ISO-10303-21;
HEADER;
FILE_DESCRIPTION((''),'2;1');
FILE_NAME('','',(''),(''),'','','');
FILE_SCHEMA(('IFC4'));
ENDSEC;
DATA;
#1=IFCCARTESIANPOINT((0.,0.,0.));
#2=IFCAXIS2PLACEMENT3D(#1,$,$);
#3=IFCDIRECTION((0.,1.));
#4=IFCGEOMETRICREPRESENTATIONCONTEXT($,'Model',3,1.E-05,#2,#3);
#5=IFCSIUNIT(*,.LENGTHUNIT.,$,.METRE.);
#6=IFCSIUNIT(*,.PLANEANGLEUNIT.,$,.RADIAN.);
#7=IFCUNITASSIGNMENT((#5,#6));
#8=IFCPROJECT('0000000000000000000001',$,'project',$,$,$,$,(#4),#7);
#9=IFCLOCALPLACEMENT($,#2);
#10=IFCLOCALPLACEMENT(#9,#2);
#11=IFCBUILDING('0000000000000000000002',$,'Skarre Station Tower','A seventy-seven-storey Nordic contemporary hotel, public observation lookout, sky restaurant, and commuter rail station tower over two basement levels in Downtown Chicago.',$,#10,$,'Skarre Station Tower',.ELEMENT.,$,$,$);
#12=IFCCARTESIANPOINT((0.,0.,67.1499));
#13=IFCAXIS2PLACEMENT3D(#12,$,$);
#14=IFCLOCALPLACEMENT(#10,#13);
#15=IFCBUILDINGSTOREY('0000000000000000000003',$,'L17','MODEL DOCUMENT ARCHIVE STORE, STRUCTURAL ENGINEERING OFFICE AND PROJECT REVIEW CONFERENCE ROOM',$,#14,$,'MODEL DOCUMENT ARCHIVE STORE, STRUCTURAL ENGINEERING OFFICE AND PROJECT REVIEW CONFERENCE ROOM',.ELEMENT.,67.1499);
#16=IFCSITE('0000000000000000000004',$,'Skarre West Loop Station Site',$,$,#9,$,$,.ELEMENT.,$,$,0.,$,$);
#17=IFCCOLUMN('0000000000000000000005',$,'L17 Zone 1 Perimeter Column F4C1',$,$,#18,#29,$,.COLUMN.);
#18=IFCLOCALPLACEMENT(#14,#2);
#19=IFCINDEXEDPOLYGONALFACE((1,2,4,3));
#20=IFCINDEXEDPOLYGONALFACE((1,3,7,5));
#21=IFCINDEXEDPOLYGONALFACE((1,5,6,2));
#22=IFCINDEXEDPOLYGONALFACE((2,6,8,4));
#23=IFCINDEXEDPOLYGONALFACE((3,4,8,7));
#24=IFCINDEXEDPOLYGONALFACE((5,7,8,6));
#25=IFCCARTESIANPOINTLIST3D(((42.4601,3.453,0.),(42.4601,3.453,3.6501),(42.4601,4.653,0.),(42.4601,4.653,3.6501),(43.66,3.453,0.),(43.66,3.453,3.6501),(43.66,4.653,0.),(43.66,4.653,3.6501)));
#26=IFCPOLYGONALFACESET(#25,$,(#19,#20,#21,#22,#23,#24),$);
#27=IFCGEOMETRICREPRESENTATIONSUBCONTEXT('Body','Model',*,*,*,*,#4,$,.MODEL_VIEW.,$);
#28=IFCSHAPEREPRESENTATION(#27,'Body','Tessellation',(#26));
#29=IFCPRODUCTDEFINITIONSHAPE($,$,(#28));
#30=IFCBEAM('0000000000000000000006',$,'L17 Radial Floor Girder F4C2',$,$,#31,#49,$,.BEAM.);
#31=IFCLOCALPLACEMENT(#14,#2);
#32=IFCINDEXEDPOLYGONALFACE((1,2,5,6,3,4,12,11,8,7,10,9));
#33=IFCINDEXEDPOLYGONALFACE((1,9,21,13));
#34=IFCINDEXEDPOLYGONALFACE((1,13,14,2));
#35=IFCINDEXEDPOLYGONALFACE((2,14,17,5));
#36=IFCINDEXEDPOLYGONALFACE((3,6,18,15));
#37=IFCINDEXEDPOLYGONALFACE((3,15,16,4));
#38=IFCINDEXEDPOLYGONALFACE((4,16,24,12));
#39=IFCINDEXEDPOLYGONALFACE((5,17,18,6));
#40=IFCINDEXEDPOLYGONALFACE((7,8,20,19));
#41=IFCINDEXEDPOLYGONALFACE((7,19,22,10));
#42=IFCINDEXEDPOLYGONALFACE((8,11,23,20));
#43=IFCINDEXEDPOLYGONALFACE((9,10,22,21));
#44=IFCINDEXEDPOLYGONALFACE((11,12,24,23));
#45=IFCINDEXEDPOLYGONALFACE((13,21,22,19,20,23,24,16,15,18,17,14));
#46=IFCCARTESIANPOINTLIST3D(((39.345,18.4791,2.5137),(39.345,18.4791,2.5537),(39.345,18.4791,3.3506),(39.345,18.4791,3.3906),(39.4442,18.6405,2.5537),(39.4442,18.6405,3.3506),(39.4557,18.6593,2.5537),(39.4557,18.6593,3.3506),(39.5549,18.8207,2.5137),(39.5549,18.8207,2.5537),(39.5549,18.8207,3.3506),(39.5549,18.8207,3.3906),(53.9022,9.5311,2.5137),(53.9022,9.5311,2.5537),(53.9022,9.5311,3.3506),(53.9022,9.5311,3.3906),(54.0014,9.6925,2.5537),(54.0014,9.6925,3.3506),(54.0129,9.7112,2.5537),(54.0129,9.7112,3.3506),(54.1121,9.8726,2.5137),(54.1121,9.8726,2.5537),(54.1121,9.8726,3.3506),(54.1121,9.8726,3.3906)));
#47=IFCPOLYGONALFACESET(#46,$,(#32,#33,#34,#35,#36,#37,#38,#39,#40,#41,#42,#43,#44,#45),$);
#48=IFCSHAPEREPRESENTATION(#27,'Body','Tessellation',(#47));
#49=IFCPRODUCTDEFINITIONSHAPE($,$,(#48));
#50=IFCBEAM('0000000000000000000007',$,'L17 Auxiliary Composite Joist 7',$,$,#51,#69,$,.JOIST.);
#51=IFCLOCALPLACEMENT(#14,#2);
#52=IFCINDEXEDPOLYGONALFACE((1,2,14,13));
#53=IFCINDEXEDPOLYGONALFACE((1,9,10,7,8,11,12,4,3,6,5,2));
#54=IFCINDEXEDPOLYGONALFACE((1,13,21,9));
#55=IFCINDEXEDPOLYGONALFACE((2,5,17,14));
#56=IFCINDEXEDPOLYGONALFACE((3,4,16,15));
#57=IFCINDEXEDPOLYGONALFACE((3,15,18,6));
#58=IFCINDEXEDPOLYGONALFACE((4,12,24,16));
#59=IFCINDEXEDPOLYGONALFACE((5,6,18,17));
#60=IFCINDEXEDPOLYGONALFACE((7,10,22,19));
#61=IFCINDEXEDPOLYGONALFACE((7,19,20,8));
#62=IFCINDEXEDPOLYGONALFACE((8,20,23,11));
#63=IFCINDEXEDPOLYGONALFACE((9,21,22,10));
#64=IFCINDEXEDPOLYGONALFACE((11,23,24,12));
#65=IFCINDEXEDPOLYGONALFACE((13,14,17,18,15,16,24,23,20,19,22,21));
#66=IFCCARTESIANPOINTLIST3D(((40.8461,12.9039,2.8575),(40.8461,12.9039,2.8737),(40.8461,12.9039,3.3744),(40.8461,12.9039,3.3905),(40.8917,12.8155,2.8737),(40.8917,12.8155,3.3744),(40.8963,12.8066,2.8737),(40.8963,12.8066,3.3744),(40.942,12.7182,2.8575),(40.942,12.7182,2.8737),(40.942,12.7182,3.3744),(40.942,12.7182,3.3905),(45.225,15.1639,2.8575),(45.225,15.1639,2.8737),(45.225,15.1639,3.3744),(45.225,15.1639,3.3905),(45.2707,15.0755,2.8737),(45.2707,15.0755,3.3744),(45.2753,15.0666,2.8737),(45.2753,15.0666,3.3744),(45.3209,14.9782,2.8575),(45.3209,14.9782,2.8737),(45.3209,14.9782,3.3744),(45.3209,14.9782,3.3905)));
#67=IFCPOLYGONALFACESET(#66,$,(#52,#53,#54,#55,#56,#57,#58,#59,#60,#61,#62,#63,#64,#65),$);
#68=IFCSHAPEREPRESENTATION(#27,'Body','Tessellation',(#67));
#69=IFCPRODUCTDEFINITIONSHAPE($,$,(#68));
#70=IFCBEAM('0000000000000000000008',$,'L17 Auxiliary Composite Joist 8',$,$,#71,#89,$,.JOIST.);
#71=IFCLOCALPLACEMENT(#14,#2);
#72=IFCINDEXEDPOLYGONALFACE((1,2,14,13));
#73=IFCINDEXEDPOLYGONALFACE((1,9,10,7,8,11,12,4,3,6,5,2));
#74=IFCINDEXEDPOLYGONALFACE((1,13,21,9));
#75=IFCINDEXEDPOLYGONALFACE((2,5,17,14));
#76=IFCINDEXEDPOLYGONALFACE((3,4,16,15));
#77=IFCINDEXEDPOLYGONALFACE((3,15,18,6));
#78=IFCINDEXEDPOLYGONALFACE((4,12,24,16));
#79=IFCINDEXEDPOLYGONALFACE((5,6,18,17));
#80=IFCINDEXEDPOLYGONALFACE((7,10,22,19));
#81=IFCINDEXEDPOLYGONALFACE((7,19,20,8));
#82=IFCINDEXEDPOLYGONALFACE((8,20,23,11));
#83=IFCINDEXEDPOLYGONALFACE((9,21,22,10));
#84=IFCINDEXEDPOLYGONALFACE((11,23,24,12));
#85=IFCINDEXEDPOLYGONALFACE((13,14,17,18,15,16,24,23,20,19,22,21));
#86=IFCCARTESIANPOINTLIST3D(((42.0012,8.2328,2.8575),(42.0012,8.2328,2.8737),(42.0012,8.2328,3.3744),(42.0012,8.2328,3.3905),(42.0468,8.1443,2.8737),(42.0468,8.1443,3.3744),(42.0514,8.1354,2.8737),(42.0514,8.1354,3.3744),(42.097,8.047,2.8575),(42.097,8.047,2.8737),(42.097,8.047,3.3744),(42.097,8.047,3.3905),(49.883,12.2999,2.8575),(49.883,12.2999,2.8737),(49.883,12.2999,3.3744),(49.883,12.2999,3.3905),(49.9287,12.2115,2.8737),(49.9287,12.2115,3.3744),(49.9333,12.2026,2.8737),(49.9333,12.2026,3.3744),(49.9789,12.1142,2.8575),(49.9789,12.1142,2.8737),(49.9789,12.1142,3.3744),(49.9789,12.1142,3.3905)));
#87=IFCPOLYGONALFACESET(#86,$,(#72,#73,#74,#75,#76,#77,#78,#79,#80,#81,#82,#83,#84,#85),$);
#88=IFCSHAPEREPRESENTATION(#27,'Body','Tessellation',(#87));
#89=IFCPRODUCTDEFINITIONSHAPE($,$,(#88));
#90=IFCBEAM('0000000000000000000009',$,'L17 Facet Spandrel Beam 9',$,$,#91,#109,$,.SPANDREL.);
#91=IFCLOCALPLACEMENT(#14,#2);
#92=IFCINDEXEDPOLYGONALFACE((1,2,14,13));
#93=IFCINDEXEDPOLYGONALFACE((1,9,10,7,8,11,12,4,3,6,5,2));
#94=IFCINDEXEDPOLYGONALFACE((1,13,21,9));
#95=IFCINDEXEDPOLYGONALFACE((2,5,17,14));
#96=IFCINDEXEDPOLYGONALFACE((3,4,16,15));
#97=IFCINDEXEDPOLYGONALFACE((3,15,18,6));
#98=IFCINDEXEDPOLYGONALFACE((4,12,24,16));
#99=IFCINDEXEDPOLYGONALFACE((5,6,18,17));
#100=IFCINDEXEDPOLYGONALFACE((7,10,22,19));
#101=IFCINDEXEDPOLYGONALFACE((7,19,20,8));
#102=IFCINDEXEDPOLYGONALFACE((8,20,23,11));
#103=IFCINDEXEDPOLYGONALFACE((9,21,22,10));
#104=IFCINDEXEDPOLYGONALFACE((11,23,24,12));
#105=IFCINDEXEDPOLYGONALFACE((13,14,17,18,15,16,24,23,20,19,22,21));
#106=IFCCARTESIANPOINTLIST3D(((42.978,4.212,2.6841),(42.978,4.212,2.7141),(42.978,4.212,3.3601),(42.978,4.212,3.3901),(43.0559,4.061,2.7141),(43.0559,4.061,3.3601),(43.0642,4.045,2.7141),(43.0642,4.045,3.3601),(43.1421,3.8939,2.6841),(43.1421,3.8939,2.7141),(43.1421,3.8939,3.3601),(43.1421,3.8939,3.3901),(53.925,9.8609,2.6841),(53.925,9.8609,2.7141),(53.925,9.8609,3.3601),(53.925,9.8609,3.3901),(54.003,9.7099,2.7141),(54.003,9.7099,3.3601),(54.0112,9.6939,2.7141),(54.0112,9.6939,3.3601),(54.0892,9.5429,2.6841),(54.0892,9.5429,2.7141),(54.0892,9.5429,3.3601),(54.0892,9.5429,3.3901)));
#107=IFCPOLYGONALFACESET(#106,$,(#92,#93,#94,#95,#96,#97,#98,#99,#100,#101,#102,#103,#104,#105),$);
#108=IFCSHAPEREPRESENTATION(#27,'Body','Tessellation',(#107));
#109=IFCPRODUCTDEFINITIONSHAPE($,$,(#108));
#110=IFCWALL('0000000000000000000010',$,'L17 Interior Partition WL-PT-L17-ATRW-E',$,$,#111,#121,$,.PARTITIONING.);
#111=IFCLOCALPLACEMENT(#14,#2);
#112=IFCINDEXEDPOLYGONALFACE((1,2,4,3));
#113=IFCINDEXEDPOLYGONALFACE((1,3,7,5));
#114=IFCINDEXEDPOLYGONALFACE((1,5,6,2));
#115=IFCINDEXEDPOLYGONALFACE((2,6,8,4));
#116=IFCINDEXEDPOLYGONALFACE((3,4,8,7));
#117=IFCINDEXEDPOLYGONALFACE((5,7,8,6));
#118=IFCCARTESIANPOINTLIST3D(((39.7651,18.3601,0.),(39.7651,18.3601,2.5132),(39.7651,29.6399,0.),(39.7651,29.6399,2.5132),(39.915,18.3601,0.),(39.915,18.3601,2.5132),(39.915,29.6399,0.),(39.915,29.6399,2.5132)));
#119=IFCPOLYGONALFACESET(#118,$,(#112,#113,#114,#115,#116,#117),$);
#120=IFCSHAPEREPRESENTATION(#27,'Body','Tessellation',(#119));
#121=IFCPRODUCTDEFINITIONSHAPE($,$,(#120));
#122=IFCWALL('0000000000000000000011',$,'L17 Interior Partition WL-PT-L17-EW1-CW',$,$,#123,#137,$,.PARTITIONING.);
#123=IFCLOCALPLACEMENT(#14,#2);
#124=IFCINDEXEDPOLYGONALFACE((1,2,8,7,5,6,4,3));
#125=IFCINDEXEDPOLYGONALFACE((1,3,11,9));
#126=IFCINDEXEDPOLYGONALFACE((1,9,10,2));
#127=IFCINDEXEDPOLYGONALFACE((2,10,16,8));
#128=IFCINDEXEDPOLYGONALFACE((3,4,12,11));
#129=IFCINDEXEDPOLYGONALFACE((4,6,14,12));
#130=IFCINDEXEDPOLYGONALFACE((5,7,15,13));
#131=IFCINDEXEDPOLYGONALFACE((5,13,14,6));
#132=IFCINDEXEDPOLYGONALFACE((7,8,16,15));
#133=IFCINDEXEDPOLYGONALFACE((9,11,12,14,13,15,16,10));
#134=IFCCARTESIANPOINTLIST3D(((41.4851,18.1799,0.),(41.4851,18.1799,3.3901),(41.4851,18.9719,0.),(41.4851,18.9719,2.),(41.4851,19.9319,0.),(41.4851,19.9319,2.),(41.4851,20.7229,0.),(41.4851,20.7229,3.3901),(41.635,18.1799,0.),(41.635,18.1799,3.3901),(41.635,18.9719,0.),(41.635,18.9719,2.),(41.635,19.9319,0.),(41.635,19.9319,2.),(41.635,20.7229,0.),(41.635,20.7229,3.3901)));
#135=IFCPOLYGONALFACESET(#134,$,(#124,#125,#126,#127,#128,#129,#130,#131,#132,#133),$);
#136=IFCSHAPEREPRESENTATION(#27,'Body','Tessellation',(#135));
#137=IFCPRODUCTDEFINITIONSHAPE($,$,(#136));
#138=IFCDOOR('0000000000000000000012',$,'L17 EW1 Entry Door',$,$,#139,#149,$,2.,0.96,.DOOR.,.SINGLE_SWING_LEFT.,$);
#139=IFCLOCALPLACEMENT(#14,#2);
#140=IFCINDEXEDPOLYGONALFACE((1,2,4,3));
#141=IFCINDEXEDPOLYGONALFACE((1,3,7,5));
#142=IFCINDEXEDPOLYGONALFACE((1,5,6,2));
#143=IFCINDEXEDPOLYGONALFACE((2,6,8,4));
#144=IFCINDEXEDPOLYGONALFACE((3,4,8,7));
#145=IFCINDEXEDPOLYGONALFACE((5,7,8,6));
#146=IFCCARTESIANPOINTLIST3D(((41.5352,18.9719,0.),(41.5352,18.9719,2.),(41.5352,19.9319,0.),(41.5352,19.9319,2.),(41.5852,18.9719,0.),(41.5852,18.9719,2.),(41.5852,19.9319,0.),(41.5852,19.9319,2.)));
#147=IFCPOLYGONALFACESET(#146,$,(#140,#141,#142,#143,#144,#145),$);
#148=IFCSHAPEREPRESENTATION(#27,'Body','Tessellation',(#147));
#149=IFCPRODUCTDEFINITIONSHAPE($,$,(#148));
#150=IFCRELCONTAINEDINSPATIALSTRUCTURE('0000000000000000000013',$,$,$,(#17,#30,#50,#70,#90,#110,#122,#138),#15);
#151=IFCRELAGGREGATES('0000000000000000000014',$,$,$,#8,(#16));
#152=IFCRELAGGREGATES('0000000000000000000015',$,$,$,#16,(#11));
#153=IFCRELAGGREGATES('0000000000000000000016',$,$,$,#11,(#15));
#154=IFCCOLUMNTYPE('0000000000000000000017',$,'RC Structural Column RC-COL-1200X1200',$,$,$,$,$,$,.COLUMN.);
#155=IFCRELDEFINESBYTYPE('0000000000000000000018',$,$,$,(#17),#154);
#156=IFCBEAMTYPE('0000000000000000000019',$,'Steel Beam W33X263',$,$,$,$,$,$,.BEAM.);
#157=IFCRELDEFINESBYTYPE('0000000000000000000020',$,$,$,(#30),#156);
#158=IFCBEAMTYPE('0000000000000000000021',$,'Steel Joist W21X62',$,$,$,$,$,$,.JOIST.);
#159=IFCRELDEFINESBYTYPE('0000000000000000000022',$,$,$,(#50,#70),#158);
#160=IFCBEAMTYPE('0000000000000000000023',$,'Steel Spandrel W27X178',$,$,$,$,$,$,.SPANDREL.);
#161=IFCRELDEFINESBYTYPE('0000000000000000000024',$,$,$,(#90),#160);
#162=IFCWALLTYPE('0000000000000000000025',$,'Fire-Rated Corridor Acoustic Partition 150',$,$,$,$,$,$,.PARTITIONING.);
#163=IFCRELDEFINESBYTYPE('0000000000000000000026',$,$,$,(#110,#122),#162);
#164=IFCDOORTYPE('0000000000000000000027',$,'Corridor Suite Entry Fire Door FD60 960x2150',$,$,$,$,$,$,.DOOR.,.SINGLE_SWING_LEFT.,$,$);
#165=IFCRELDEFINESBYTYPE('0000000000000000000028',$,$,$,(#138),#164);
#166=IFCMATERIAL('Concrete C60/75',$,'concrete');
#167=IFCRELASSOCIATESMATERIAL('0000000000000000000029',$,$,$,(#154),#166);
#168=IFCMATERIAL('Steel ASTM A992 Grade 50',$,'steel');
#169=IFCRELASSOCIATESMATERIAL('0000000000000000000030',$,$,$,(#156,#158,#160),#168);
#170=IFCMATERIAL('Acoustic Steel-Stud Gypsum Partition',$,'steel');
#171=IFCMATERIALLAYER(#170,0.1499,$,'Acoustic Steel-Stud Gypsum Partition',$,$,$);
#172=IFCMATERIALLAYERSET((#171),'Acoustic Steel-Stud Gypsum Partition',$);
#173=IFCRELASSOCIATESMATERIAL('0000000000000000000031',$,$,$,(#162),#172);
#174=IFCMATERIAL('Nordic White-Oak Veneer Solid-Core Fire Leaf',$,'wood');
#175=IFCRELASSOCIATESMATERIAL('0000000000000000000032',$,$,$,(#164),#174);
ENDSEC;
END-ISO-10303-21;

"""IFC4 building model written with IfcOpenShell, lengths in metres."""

from ifc_helpers import new_model, si_unit, direction, frame, frame_2d, origin, origin_2d, place, context, subcontext, project, spatial, rectangle, i_section, extrude, material, layer, layer_set, material_profile, profile_set, type_object, element, fill, save


model = new_model("IFC4")

# Units and contexts
model_context = context("Model", 3, precision=1e-05, world=origin(), true_north=direction((0.0, 1.0)))
body_context = subcontext(model_context, "Body", "Model", "MODEL_VIEW")
ifc_project = project(units=[si_unit("LENGTHUNIT", "METRE"), si_unit("PLANEANGLEUNIT", "RADIAN")], contexts=[model_context])

# Site, building, storey
site_placement = place(None, origin())
site = spatial("IfcSite", under=ifc_project, at=site_placement, Name="Skarre West Loop Station Site", CompositionType="ELEMENT", RefElevation=0.0)
building_placement = place(site_placement, origin())
building = spatial("IfcBuilding", under=site, at=building_placement, Name="Skarre Station Tower", Description="A seventy-seven-storey Nordic contemporary hotel, public observation lookout, sky restaurant, and commuter rail station tower over two basement levels in Downtown Chicago.", LongName="Skarre Station Tower", CompositionType="ELEMENT")
storey_placement = place(building_placement, frame((0.0, 0.0, 67.1499)))
storey = spatial("IfcBuildingStorey", under=building, at=storey_placement, Name="L17", Description="MODEL DOCUMENT ARCHIVE STORE, STRUCTURAL ENGINEERING OFFICE AND PROJECT REVIEW CONFERENCE ROOM", LongName="MODEL DOCUMENT ARCHIVE STORE, STRUCTURAL ENGINEERING OFFICE AND PROJECT REVIEW CONFERENCE ROOM", CompositionType="ELEMENT", Elevation=67.1499)

# Column
ifc_material_1 = material(Name="Concrete C60/75", Category="concrete")
ifc_material_profile_1 = material_profile(ifc_material_1, rectangle(XDim=1.2, YDim=1.2, at=origin_2d()), Name="Concrete C60/75")
ifc_profile_set_1 = profile_set([ifc_material_profile_1], Name="Concrete C60/75")
column_type = type_object("IfcColumnType", Name="RC Structural Column RC-COL-1200X1200", PredefinedType="COLUMN", material=ifc_profile_set_1)
column_placement = place(storey_placement, frame((43.0601, 4.053, 0.0), z_axis=(0.0, 0.0, 1.0), x_axis=(1.0, 0.0, 0.0)))
element("IfcColumn", 1, at=column_placement, inside=storey, type_object=column_type, Name="L17 Zone 1 Perimeter Column F4C1", PredefinedType="COLUMN", context=body_context, shape_type="SweptSolid", body=[
    extrude(rectangle(XDim=1.2, YDim=1.2, at=origin_2d()), origin(), (0.0, 0.0, 1.0), 3.6501),
])

# Beams
ifc_material_2 = material(Name="Steel ASTM A992 Grade 50", Category="steel")
ifc_material_profile_2 = material_profile(ifc_material_2, i_section(OverallWidth=0.4009, OverallDepth=0.877, WebThickness=0.022, FlangeThickness=0.04, at=origin_2d()), Name="Steel ASTM A992 Grade 50")
ifc_profile_set_2 = profile_set([ifc_material_profile_2], Name="Steel ASTM A992 Grade 50")
beam_type_1 = type_object("IfcBeamType", Name="Steel Beam W33X263", PredefinedType="BEAM", material=ifc_profile_set_2)
beam_1_placement = place(storey_placement, frame((39.45, 18.6499, 2.9521), z_axis=(0.851926, -0.523663, 0.0), x_axis=(0.523663, 0.851926, 0.0)))
element("IfcBeam", 2, at=beam_1_placement, inside=storey, type_object=beam_type_1, Name="L17 Radial Floor Girder F4C2", PredefinedType="BEAM", context=body_context, shape_type="SweptSolid", body=[
    extrude(i_section(OverallWidth=0.4009, OverallDepth=0.877, WebThickness=0.022, FlangeThickness=0.04, at=origin_2d()), origin(), (0.0, 0.0, 1.0), 17.0874),
])
ifc_material_profile_3 = material_profile(ifc_material_2, i_section(OverallWidth=0.209, OverallDepth=0.533, WebThickness=0.01, FlangeThickness=0.0161, at=origin_2d()), Name="Steel ASTM A992 Grade 50")
ifc_profile_set_3 = profile_set([ifc_material_profile_3], Name="Steel ASTM A992 Grade 50")
beam_type_2 = type_object("IfcBeamType", Name="Steel Joist W21X62", PredefinedType="JOIST", material=ifc_profile_set_3)
beam_2_placement = place(storey_placement, frame((40.894, 12.811, 3.124), z_axis=(0.888627, 0.458632, 0.0), x_axis=(-0.458632, 0.888627, 0.0)))
element("IfcBeam", 3, at=beam_2_placement, inside=storey, type_object=beam_type_2, Name="L17 Auxiliary Composite Joist 7", PredefinedType="JOIST", context=body_context, shape_type="SweptSolid", body=[
    extrude(i_section(OverallWidth=0.209, OverallDepth=0.533, WebThickness=0.01, FlangeThickness=0.0161, at=origin_2d()), origin(), (0.0, 0.0, 1.0), 4.9277),
])
beam_3_placement = place(storey_placement, frame((42.0491, 8.1399, 3.124), z_axis=(0.888662, 0.458562, 0.0), x_axis=(-0.458562, 0.888662, 0.0)))
element("IfcBeam", 4, at=beam_3_placement, inside=storey, type_object=beam_type_2, Name="L17 Auxiliary Composite Joist 8", PredefinedType="JOIST", context=body_context, shape_type="SweptSolid", body=[
    extrude(i_section(OverallWidth=0.209, OverallDepth=0.533, WebThickness=0.01, FlangeThickness=0.0161, at=origin_2d()), origin(), (0.0, 0.0, 1.0), 8.8694),
])
ifc_material_profile_4 = material_profile(ifc_material_2, i_section(OverallWidth=0.3579, OverallDepth=0.7061, WebThickness=0.0181, FlangeThickness=0.03, at=origin_2d()), Name="Steel ASTM A992 Grade 50")
ifc_profile_set_4 = profile_set([ifc_material_profile_4], Name="Steel ASTM A992 Grade 50")
beam_type_3 = type_object("IfcBeamType", Name="Steel Spandrel W27X178", PredefinedType="SPANDREL", material=ifc_profile_set_4)
beam_4_placement = place(storey_placement, frame((43.0601, 4.053, 3.0371), z_axis=(0.888659, 0.458569, 0.0), x_axis=(-0.458569, 0.888659, 0.0)))
element("IfcBeam", 5, at=beam_4_placement, inside=storey, type_object=beam_type_3, Name="L17 Facet Spandrel Beam 9", PredefinedType="SPANDREL", context=body_context, shape_type="SweptSolid", body=[
    extrude(i_section(OverallWidth=0.3579, OverallDepth=0.7061, WebThickness=0.0181, FlangeThickness=0.03, at=origin_2d()), origin(), (0.0, 0.0, 1.0), 12.3186),
])

# Wall
ifc_material_3 = material(Name="Acoustic Steel-Stud Gypsum Partition", Category="steel")
ifc_layer_1 = layer(ifc_material_3, 0.1499, Name="Acoustic Steel-Stud Gypsum Partition")
ifc_layer_set_1 = layer_set([ifc_layer_1], Name="Acoustic Steel-Stud Gypsum Partition")
wall_type_1 = type_object("IfcWallType", Name="Fire-Rated Corridor Acoustic Partition 150", PredefinedType="PARTITIONING", material=ifc_layer_set_1)
wall_1_placement = place(storey_placement, frame((39.8401, 18.3601, 0.0), z_axis=(0.0, 0.0, 1.0), x_axis=(0.0, 1.0, 0.0)))
element("IfcWall", 6, at=wall_1_placement, inside=storey, type_object=wall_type_1, Name="L17 Interior Partition WL-PT-L17-ATRW-E", PredefinedType="PARTITIONING", context=body_context, shape_type="SweptSolid", body=[
    extrude(rectangle(XDim=11.2798, YDim=0.1499, at=frame_2d((5.6399, 0.0))), origin(), (0.0, 0.0, 1.0), 2.5132),
])

# Wall, opening, door
wall_2_placement = place(storey_placement, frame((41.5601, 18.1799, 0.0), z_axis=(0.0, 0.0, 1.0), x_axis=(0.0, 1.0, 0.0)))
wall_2 = element("IfcWall", 7, at=wall_2_placement, inside=storey, type_object=wall_type_1, Name="L17 Interior Partition WL-PT-L17-EW1-CW", PredefinedType="PARTITIONING", context=body_context, shape_type="SweptSolid", body=[
    extrude(rectangle(XDim=2.543, YDim=0.1499, at=frame_2d((1.2715, 0.0))), origin(), (0.0, 0.0, 1.0), 3.3901),
])
opening_1_placement = place(wall_2_placement, frame((0.792, 0.0, 0.0)))
opening_1 = element("IfcOpeningElement", 8, at=opening_1_placement, cuts=wall_2, PredefinedType="OPENING", context=body_context, shape_type="SweptSolid", body=[
    extrude(rectangle(XDim=0.96, YDim=2.0, at=frame_2d((0.48, 1.0))), frame((0.0, 0.085, 0.0), z_axis=(0.0, -1.0, 0.0), x_axis=(1.0, 0.0, 0.0)), (0.0, 0.0, 1.0), 0.1699),
])
ifc_material_4 = material(Name="Nordic White-Oak Veneer Solid-Core Fire Leaf", Category="wood")
door_type = type_object("IfcDoorType", Name="Corridor Suite Entry Fire Door FD60 960x2150", OperationType="SINGLE_SWING_LEFT", PredefinedType="DOOR", material=ifc_material_4)
door_1_placement = place(opening_1_placement, origin())
door_1 = element("IfcDoor", 9, at=door_1_placement, inside=storey, type_object=door_type, Name="L17 EW1 Entry Door", OperationType="SINGLE_SWING_LEFT", OverallHeight=2.0, OverallWidth=0.96, PredefinedType="DOOR", context=body_context, shape_type="SweptSolid", body=[
    extrude(rectangle(XDim=0.96, YDim=2.0, at=frame_2d((0.48, 1.0))), frame((0.0, 0.0249, 0.0), z_axis=(0.0, -1.0, 0.0), x_axis=(1.0, 0.0, 0.0)), (0.0, 0.0, 1.0), 0.05),
])
fill(opening_1, door_1)

save(model, "model.ifc")
